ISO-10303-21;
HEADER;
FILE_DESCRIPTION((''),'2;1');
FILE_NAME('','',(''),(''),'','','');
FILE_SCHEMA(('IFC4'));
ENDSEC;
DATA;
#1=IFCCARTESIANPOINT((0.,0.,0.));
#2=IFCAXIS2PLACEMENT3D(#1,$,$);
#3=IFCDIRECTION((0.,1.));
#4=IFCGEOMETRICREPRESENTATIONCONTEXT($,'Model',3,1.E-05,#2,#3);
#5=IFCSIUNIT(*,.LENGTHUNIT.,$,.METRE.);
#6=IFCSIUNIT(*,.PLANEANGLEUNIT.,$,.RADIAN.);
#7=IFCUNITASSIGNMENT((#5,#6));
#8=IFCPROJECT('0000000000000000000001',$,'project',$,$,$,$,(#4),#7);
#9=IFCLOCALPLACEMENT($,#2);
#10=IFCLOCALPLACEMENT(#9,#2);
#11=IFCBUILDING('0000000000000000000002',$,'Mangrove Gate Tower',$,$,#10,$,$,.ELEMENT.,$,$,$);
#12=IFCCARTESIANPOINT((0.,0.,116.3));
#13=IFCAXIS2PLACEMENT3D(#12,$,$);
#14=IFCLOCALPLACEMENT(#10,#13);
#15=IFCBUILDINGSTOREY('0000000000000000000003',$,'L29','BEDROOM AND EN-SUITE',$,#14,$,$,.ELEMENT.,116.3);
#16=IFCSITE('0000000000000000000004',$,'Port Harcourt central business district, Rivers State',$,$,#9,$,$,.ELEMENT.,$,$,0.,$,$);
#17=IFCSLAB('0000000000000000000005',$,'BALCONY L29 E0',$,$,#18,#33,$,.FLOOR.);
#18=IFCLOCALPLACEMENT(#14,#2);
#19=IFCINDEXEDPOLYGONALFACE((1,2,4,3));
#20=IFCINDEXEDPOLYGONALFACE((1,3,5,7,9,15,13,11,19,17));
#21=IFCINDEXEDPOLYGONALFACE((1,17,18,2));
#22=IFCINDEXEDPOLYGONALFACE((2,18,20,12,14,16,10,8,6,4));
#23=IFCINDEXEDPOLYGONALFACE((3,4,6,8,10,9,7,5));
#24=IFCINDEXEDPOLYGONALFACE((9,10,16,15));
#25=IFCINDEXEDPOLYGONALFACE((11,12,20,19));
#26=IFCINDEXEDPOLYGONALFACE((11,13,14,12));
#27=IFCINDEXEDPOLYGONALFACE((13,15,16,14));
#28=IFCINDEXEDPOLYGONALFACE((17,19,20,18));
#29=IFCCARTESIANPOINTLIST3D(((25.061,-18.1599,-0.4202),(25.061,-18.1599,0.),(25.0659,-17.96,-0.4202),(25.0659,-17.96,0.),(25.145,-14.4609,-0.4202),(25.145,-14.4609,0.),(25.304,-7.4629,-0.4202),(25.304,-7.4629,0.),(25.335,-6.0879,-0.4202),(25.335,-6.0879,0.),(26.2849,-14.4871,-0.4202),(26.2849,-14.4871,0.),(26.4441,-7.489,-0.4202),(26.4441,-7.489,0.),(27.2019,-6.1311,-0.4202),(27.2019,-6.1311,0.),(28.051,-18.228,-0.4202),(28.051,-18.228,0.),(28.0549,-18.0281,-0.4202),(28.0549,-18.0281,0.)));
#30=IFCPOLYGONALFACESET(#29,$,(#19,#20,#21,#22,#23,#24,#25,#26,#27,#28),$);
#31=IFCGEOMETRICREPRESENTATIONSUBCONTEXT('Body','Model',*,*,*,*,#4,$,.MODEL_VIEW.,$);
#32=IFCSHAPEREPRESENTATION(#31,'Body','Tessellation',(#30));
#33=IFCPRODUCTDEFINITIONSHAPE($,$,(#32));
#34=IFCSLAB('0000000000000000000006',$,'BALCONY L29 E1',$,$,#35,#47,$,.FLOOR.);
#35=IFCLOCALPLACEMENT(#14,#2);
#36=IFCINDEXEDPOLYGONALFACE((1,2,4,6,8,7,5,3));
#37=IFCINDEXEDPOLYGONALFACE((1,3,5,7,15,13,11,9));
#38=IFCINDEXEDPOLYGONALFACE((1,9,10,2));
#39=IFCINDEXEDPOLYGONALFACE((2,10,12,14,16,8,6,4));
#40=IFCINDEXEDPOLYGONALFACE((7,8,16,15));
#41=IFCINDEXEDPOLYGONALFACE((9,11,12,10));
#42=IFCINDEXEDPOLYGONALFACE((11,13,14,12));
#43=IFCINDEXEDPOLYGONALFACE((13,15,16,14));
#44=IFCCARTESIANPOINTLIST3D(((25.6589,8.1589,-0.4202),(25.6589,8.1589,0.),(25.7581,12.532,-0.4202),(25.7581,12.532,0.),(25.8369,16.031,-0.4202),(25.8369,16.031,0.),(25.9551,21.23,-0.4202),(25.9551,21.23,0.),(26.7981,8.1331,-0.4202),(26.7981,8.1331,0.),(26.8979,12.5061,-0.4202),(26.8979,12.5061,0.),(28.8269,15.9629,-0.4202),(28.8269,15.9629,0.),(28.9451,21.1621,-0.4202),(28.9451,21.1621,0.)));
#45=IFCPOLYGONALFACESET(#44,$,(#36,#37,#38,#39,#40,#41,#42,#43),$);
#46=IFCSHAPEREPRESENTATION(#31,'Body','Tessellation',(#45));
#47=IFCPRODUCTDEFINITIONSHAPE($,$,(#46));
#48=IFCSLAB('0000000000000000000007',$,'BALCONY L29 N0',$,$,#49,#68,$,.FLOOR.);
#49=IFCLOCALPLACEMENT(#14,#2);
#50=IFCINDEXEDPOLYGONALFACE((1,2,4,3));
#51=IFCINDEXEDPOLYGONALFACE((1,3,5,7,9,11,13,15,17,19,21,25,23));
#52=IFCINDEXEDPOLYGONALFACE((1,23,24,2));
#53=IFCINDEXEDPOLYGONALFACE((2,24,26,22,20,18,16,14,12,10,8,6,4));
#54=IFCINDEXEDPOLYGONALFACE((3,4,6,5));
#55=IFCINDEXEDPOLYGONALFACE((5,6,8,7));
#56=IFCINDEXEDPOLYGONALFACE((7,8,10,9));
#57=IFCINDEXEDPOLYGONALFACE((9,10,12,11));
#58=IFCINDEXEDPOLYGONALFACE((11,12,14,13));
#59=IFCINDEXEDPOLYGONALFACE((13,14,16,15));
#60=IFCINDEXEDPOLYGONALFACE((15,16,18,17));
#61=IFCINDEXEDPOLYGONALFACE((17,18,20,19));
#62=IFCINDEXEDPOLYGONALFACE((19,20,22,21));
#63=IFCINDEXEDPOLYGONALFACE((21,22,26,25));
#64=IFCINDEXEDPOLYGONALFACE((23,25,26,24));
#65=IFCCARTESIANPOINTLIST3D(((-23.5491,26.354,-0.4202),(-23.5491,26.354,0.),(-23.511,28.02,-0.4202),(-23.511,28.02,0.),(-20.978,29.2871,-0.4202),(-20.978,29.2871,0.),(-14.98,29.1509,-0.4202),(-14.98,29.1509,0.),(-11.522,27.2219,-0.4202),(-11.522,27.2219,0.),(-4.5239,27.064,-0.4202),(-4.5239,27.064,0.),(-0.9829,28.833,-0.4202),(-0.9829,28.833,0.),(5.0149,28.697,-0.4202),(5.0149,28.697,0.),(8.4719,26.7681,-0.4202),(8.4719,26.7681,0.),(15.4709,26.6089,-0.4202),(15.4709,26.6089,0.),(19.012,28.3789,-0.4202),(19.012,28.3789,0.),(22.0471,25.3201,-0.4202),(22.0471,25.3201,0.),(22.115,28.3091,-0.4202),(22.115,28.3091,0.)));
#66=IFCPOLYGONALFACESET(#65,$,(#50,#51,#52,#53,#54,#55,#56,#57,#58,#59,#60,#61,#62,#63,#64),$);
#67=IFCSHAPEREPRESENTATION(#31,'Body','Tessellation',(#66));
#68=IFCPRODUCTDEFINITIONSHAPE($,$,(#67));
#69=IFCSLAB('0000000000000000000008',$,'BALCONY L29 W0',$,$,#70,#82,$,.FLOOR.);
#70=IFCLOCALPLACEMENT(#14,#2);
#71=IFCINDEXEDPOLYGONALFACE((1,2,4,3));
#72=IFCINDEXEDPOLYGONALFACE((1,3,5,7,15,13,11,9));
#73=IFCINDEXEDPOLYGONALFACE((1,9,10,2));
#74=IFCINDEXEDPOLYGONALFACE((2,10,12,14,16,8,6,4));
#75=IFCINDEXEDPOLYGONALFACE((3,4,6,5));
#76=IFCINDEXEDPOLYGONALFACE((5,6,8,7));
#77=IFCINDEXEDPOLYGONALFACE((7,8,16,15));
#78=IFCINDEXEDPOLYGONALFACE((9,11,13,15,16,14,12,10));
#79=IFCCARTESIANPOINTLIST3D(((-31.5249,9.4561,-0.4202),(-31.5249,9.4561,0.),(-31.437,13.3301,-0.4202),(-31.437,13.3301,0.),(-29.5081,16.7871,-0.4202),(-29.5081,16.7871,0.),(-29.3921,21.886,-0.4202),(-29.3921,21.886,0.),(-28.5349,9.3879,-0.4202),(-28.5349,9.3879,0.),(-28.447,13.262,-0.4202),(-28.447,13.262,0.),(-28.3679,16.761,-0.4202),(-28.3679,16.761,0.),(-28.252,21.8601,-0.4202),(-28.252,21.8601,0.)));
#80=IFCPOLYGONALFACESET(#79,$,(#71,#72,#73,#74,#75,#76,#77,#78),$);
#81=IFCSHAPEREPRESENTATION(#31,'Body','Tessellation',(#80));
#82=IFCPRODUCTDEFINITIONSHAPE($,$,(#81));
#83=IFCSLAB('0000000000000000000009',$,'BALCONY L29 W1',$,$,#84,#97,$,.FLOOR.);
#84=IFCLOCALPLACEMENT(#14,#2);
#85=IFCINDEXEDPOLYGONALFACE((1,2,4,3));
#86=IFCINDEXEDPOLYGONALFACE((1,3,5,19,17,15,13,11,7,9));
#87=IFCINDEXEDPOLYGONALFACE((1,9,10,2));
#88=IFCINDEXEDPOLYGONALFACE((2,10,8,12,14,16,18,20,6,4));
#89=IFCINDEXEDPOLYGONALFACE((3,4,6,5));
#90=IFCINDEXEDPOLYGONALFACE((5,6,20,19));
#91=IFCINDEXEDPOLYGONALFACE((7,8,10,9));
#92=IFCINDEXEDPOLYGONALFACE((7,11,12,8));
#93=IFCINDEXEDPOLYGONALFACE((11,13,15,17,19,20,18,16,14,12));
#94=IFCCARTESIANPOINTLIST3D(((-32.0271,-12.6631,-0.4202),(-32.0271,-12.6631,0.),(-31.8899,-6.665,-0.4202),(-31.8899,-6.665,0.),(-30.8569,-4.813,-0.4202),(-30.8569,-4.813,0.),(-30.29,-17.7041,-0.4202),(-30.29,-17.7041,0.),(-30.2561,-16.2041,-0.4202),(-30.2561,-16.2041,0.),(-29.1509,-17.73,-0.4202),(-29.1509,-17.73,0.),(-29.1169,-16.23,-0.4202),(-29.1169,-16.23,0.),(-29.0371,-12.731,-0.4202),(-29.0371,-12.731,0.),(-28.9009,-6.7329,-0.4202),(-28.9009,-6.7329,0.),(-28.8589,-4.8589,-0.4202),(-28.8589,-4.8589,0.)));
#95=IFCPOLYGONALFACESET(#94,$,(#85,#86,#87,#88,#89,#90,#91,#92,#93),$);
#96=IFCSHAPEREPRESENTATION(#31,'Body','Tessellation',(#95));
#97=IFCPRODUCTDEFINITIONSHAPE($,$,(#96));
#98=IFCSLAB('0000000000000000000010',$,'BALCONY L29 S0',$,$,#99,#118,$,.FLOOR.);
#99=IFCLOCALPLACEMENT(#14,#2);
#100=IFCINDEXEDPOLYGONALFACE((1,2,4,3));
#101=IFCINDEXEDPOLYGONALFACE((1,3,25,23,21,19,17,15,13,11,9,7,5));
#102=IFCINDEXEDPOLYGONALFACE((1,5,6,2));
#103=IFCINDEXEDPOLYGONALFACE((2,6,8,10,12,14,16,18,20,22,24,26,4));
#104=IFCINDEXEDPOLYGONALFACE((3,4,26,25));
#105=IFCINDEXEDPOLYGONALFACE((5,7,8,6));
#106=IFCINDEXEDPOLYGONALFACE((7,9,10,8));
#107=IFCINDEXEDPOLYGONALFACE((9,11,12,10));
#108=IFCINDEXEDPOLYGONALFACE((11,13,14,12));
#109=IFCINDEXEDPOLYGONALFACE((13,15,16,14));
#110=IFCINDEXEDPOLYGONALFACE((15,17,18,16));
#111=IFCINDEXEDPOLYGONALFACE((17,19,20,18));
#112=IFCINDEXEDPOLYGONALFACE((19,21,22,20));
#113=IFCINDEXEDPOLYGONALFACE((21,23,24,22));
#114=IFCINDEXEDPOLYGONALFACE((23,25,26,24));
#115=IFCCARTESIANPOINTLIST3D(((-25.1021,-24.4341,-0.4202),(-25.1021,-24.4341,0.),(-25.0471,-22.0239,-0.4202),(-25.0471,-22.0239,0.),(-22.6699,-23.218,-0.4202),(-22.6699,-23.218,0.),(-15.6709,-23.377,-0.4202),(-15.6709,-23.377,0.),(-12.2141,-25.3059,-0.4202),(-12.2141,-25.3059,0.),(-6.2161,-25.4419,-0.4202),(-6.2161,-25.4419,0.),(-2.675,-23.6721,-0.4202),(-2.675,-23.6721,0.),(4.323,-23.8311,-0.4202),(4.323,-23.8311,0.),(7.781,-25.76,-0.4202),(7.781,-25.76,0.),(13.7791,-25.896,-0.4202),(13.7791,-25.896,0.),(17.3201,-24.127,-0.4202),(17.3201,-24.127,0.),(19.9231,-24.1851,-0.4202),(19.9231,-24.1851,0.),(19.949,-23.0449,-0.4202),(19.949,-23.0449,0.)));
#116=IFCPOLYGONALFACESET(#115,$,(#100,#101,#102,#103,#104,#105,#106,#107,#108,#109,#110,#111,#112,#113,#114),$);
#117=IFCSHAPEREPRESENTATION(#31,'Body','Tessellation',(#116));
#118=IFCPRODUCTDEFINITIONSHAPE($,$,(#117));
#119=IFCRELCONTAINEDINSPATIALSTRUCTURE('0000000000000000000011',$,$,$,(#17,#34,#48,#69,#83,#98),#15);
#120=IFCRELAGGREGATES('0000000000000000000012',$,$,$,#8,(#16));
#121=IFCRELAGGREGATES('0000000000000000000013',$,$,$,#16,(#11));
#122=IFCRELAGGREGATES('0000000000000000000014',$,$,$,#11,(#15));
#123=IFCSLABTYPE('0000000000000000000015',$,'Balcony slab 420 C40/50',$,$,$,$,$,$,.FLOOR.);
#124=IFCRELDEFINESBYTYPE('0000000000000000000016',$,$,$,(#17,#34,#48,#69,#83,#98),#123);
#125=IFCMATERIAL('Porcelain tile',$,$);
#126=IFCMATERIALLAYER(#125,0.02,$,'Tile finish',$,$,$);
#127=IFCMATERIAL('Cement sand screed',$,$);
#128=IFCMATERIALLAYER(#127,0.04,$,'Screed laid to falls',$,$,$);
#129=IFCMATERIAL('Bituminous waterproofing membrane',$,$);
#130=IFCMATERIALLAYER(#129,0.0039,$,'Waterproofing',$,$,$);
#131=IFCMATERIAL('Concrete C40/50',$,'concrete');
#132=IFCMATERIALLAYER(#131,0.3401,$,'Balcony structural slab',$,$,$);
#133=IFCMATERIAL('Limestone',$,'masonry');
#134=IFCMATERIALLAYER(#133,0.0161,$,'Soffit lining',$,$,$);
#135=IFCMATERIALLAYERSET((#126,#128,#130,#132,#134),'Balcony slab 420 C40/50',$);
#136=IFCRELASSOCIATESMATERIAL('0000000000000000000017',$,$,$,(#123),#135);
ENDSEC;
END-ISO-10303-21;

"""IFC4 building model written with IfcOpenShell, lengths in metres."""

from ifc_helpers import new_model, si_unit, direction, frame, origin, place, context, subcontext, project, spatial, polyline, outline, extrude, material, layer, layer_set, type_object, element, save


model = new_model("IFC4")

# Units and contexts
model_context = context("Model", 3, precision=1e-05, world=origin(), true_north=direction((0.0, 1.0)))
body_context = subcontext(model_context, "Body", "Model", "MODEL_VIEW")
ifc_project = project(units=[si_unit("LENGTHUNIT", "METRE"), si_unit("PLANEANGLEUNIT", "RADIAN")], contexts=[model_context])

# Site, building, storey
site_placement = place(None, origin())
site = spatial("IfcSite", under=ifc_project, at=site_placement, Name="Port Harcourt central business district, Rivers State", CompositionType="ELEMENT", RefElevation=0.0)
building_placement = place(site_placement, origin())
building = spatial("IfcBuilding", under=site, at=building_placement, Name="Mangrove Gate Tower", CompositionType="ELEMENT")
storey_placement = place(building_placement, frame((0.0, 0.0, 116.3)))
storey = spatial("IfcBuildingStorey", under=building, at=storey_placement, Name="L29", Description="BEDROOM AND EN-SUITE", CompositionType="ELEMENT", Elevation=116.3)

# Slabs
ifc_material_1 = material(Name="Porcelain tile")
ifc_layer_1 = layer(ifc_material_1, 0.02, Name="Tile finish")
ifc_material_2 = material(Name="Cement sand screed")
ifc_layer_2 = layer(ifc_material_2, 0.04, Name="Screed laid to falls")
ifc_material_3 = material(Name="Bituminous waterproofing membrane")
ifc_layer_3 = layer(ifc_material_3, 0.0039, Name="Waterproofing")
ifc_material_4 = material(Name="Concrete C40/50", Category="concrete")
ifc_layer_4 = layer(ifc_material_4, 0.3401, Name="Balcony structural slab")
ifc_material_5 = material(Name="Limestone", Category="masonry")
ifc_layer_5 = layer(ifc_material_5, 0.0161, Name="Soffit lining")
ifc_layer_set_1 = layer_set([ifc_layer_1, ifc_layer_2, ifc_layer_3, ifc_layer_4, ifc_layer_5], Name="Balcony slab 420 C40/50")
slab_type_1 = type_object("IfcSlabType", Name="Balcony slab 420 C40/50", PredefinedType="FLOOR", material=ifc_layer_set_1)
slab_1_placement = place(storey_placement, frame((0.0, 0.0, -0.4202)))
element("IfcSlab", 1, at=slab_1_placement, inside=storey, type_object=slab_type_1, Name="BALCONY L29 E0", PredefinedType="FLOOR", context=body_context, shape_type="SweptSolid", body=[
    extrude(outline(polyline([(28.051, -18.228), (28.0549, -18.0281), (26.2849, -14.4871), (26.4441, -7.489), (27.2019, -6.1311), (25.335, -6.0879), (25.304, -7.4629), (25.145, -14.4609), (25.0659, -17.96), (25.061, -18.1599), (28.051, -18.228)])), origin(), (0.0, 0.0, 1.0), 0.4202),
])
slab_2_placement = place(storey_placement, frame((0.0, 0.0, -0.4202)))
element("IfcSlab", 2, at=slab_2_placement, inside=storey, type_object=slab_type_1, Name="BALCONY L29 E1", PredefinedType="FLOOR", context=body_context, shape_type="SweptSolid", body=[
    extrude(outline(polyline([(26.7981, 8.1331), (26.8979, 12.5061), (28.8269, 15.9629), (28.9451, 21.1621), (25.9551, 21.23), (25.8369, 16.031), (25.7581, 12.532), (25.6589, 8.1589), (26.7981, 8.1331)])), origin(), (0.0, 0.0, 1.0), 0.4202),
])
slab_3_placement = place(storey_placement, frame((0.0, 0.0, -0.4202)))
element("IfcSlab", 3, at=slab_3_placement, inside=storey, type_object=slab_type_1, Name="BALCONY L29 N0", PredefinedType="FLOOR", context=body_context, shape_type="SweptSolid", body=[
    extrude(outline(polyline([(22.115, 28.3091), (19.012, 28.3789), (15.4709, 26.6089), (8.4719, 26.7681), (5.0149, 28.697), (-0.9829, 28.833), (-4.5239, 27.064), (-11.522, 27.2219), (-14.98, 29.1509), (-20.978, 29.2871), (-23.511, 28.02), (-23.5491, 26.354), (22.0471, 25.3201), (22.115, 28.3091)])), origin(), (0.0, 0.0, 1.0), 0.4202),
])
slab_4_placement = place(storey_placement, frame((0.0, 0.0, -0.4202)))
element("IfcSlab", 4, at=slab_4_placement, inside=storey, type_object=slab_type_1, Name="BALCONY L29 W0", PredefinedType="FLOOR", context=body_context, shape_type="SweptSolid", body=[
    extrude(outline(polyline([(-29.3921, 21.886), (-29.5081, 16.7871), (-31.437, 13.3301), (-31.5249, 9.4561), (-28.5349, 9.3879), (-28.447, 13.262), (-28.3679, 16.761), (-28.252, 21.8601), (-29.3921, 21.886)])), origin(), (0.0, 0.0, 1.0), 0.4202),
])
slab_5_placement = place(storey_placement, frame((0.0, 0.0, -0.4202)))
element("IfcSlab", 5, at=slab_5_placement, inside=storey, type_object=slab_type_1, Name="BALCONY L29 W1", PredefinedType="FLOOR", context=body_context, shape_type="SweptSolid", body=[
    extrude(outline(polyline([(-30.8569, -4.813), (-31.8899, -6.665), (-32.0271, -12.6631), (-30.2561, -16.2041), (-30.29, -17.7041), (-29.1509, -17.73), (-29.1169, -16.23), (-29.0371, -12.731), (-28.9009, -6.7329), (-28.8589, -4.8589), (-30.8569, -4.813)])), origin(), (0.0, 0.0, 1.0), 0.4202),
])
slab_6_placement = place(storey_placement, frame((0.0, 0.0, -0.4202)))
element("IfcSlab", 6, at=slab_6_placement, inside=storey, type_object=slab_type_1, Name="BALCONY L29 S0", PredefinedType="FLOOR", context=body_context, shape_type="SweptSolid", body=[
    extrude(outline(polyline([(-25.1021, -24.4341), (-22.6699, -23.218), (-15.6709, -23.377), (-12.2141, -25.3059), (-6.2161, -25.4419), (-2.675, -23.6721), (4.323, -23.8311), (7.781, -25.76), (13.7791, -25.896), (17.3201, -24.127), (19.9231, -24.1851), (19.949, -23.0449), (-25.0471, -22.0239), (-25.1021, -24.4341)])), origin(), (0.0, 0.0, 1.0), 0.4202),
])

save(model, "model.ifc")
